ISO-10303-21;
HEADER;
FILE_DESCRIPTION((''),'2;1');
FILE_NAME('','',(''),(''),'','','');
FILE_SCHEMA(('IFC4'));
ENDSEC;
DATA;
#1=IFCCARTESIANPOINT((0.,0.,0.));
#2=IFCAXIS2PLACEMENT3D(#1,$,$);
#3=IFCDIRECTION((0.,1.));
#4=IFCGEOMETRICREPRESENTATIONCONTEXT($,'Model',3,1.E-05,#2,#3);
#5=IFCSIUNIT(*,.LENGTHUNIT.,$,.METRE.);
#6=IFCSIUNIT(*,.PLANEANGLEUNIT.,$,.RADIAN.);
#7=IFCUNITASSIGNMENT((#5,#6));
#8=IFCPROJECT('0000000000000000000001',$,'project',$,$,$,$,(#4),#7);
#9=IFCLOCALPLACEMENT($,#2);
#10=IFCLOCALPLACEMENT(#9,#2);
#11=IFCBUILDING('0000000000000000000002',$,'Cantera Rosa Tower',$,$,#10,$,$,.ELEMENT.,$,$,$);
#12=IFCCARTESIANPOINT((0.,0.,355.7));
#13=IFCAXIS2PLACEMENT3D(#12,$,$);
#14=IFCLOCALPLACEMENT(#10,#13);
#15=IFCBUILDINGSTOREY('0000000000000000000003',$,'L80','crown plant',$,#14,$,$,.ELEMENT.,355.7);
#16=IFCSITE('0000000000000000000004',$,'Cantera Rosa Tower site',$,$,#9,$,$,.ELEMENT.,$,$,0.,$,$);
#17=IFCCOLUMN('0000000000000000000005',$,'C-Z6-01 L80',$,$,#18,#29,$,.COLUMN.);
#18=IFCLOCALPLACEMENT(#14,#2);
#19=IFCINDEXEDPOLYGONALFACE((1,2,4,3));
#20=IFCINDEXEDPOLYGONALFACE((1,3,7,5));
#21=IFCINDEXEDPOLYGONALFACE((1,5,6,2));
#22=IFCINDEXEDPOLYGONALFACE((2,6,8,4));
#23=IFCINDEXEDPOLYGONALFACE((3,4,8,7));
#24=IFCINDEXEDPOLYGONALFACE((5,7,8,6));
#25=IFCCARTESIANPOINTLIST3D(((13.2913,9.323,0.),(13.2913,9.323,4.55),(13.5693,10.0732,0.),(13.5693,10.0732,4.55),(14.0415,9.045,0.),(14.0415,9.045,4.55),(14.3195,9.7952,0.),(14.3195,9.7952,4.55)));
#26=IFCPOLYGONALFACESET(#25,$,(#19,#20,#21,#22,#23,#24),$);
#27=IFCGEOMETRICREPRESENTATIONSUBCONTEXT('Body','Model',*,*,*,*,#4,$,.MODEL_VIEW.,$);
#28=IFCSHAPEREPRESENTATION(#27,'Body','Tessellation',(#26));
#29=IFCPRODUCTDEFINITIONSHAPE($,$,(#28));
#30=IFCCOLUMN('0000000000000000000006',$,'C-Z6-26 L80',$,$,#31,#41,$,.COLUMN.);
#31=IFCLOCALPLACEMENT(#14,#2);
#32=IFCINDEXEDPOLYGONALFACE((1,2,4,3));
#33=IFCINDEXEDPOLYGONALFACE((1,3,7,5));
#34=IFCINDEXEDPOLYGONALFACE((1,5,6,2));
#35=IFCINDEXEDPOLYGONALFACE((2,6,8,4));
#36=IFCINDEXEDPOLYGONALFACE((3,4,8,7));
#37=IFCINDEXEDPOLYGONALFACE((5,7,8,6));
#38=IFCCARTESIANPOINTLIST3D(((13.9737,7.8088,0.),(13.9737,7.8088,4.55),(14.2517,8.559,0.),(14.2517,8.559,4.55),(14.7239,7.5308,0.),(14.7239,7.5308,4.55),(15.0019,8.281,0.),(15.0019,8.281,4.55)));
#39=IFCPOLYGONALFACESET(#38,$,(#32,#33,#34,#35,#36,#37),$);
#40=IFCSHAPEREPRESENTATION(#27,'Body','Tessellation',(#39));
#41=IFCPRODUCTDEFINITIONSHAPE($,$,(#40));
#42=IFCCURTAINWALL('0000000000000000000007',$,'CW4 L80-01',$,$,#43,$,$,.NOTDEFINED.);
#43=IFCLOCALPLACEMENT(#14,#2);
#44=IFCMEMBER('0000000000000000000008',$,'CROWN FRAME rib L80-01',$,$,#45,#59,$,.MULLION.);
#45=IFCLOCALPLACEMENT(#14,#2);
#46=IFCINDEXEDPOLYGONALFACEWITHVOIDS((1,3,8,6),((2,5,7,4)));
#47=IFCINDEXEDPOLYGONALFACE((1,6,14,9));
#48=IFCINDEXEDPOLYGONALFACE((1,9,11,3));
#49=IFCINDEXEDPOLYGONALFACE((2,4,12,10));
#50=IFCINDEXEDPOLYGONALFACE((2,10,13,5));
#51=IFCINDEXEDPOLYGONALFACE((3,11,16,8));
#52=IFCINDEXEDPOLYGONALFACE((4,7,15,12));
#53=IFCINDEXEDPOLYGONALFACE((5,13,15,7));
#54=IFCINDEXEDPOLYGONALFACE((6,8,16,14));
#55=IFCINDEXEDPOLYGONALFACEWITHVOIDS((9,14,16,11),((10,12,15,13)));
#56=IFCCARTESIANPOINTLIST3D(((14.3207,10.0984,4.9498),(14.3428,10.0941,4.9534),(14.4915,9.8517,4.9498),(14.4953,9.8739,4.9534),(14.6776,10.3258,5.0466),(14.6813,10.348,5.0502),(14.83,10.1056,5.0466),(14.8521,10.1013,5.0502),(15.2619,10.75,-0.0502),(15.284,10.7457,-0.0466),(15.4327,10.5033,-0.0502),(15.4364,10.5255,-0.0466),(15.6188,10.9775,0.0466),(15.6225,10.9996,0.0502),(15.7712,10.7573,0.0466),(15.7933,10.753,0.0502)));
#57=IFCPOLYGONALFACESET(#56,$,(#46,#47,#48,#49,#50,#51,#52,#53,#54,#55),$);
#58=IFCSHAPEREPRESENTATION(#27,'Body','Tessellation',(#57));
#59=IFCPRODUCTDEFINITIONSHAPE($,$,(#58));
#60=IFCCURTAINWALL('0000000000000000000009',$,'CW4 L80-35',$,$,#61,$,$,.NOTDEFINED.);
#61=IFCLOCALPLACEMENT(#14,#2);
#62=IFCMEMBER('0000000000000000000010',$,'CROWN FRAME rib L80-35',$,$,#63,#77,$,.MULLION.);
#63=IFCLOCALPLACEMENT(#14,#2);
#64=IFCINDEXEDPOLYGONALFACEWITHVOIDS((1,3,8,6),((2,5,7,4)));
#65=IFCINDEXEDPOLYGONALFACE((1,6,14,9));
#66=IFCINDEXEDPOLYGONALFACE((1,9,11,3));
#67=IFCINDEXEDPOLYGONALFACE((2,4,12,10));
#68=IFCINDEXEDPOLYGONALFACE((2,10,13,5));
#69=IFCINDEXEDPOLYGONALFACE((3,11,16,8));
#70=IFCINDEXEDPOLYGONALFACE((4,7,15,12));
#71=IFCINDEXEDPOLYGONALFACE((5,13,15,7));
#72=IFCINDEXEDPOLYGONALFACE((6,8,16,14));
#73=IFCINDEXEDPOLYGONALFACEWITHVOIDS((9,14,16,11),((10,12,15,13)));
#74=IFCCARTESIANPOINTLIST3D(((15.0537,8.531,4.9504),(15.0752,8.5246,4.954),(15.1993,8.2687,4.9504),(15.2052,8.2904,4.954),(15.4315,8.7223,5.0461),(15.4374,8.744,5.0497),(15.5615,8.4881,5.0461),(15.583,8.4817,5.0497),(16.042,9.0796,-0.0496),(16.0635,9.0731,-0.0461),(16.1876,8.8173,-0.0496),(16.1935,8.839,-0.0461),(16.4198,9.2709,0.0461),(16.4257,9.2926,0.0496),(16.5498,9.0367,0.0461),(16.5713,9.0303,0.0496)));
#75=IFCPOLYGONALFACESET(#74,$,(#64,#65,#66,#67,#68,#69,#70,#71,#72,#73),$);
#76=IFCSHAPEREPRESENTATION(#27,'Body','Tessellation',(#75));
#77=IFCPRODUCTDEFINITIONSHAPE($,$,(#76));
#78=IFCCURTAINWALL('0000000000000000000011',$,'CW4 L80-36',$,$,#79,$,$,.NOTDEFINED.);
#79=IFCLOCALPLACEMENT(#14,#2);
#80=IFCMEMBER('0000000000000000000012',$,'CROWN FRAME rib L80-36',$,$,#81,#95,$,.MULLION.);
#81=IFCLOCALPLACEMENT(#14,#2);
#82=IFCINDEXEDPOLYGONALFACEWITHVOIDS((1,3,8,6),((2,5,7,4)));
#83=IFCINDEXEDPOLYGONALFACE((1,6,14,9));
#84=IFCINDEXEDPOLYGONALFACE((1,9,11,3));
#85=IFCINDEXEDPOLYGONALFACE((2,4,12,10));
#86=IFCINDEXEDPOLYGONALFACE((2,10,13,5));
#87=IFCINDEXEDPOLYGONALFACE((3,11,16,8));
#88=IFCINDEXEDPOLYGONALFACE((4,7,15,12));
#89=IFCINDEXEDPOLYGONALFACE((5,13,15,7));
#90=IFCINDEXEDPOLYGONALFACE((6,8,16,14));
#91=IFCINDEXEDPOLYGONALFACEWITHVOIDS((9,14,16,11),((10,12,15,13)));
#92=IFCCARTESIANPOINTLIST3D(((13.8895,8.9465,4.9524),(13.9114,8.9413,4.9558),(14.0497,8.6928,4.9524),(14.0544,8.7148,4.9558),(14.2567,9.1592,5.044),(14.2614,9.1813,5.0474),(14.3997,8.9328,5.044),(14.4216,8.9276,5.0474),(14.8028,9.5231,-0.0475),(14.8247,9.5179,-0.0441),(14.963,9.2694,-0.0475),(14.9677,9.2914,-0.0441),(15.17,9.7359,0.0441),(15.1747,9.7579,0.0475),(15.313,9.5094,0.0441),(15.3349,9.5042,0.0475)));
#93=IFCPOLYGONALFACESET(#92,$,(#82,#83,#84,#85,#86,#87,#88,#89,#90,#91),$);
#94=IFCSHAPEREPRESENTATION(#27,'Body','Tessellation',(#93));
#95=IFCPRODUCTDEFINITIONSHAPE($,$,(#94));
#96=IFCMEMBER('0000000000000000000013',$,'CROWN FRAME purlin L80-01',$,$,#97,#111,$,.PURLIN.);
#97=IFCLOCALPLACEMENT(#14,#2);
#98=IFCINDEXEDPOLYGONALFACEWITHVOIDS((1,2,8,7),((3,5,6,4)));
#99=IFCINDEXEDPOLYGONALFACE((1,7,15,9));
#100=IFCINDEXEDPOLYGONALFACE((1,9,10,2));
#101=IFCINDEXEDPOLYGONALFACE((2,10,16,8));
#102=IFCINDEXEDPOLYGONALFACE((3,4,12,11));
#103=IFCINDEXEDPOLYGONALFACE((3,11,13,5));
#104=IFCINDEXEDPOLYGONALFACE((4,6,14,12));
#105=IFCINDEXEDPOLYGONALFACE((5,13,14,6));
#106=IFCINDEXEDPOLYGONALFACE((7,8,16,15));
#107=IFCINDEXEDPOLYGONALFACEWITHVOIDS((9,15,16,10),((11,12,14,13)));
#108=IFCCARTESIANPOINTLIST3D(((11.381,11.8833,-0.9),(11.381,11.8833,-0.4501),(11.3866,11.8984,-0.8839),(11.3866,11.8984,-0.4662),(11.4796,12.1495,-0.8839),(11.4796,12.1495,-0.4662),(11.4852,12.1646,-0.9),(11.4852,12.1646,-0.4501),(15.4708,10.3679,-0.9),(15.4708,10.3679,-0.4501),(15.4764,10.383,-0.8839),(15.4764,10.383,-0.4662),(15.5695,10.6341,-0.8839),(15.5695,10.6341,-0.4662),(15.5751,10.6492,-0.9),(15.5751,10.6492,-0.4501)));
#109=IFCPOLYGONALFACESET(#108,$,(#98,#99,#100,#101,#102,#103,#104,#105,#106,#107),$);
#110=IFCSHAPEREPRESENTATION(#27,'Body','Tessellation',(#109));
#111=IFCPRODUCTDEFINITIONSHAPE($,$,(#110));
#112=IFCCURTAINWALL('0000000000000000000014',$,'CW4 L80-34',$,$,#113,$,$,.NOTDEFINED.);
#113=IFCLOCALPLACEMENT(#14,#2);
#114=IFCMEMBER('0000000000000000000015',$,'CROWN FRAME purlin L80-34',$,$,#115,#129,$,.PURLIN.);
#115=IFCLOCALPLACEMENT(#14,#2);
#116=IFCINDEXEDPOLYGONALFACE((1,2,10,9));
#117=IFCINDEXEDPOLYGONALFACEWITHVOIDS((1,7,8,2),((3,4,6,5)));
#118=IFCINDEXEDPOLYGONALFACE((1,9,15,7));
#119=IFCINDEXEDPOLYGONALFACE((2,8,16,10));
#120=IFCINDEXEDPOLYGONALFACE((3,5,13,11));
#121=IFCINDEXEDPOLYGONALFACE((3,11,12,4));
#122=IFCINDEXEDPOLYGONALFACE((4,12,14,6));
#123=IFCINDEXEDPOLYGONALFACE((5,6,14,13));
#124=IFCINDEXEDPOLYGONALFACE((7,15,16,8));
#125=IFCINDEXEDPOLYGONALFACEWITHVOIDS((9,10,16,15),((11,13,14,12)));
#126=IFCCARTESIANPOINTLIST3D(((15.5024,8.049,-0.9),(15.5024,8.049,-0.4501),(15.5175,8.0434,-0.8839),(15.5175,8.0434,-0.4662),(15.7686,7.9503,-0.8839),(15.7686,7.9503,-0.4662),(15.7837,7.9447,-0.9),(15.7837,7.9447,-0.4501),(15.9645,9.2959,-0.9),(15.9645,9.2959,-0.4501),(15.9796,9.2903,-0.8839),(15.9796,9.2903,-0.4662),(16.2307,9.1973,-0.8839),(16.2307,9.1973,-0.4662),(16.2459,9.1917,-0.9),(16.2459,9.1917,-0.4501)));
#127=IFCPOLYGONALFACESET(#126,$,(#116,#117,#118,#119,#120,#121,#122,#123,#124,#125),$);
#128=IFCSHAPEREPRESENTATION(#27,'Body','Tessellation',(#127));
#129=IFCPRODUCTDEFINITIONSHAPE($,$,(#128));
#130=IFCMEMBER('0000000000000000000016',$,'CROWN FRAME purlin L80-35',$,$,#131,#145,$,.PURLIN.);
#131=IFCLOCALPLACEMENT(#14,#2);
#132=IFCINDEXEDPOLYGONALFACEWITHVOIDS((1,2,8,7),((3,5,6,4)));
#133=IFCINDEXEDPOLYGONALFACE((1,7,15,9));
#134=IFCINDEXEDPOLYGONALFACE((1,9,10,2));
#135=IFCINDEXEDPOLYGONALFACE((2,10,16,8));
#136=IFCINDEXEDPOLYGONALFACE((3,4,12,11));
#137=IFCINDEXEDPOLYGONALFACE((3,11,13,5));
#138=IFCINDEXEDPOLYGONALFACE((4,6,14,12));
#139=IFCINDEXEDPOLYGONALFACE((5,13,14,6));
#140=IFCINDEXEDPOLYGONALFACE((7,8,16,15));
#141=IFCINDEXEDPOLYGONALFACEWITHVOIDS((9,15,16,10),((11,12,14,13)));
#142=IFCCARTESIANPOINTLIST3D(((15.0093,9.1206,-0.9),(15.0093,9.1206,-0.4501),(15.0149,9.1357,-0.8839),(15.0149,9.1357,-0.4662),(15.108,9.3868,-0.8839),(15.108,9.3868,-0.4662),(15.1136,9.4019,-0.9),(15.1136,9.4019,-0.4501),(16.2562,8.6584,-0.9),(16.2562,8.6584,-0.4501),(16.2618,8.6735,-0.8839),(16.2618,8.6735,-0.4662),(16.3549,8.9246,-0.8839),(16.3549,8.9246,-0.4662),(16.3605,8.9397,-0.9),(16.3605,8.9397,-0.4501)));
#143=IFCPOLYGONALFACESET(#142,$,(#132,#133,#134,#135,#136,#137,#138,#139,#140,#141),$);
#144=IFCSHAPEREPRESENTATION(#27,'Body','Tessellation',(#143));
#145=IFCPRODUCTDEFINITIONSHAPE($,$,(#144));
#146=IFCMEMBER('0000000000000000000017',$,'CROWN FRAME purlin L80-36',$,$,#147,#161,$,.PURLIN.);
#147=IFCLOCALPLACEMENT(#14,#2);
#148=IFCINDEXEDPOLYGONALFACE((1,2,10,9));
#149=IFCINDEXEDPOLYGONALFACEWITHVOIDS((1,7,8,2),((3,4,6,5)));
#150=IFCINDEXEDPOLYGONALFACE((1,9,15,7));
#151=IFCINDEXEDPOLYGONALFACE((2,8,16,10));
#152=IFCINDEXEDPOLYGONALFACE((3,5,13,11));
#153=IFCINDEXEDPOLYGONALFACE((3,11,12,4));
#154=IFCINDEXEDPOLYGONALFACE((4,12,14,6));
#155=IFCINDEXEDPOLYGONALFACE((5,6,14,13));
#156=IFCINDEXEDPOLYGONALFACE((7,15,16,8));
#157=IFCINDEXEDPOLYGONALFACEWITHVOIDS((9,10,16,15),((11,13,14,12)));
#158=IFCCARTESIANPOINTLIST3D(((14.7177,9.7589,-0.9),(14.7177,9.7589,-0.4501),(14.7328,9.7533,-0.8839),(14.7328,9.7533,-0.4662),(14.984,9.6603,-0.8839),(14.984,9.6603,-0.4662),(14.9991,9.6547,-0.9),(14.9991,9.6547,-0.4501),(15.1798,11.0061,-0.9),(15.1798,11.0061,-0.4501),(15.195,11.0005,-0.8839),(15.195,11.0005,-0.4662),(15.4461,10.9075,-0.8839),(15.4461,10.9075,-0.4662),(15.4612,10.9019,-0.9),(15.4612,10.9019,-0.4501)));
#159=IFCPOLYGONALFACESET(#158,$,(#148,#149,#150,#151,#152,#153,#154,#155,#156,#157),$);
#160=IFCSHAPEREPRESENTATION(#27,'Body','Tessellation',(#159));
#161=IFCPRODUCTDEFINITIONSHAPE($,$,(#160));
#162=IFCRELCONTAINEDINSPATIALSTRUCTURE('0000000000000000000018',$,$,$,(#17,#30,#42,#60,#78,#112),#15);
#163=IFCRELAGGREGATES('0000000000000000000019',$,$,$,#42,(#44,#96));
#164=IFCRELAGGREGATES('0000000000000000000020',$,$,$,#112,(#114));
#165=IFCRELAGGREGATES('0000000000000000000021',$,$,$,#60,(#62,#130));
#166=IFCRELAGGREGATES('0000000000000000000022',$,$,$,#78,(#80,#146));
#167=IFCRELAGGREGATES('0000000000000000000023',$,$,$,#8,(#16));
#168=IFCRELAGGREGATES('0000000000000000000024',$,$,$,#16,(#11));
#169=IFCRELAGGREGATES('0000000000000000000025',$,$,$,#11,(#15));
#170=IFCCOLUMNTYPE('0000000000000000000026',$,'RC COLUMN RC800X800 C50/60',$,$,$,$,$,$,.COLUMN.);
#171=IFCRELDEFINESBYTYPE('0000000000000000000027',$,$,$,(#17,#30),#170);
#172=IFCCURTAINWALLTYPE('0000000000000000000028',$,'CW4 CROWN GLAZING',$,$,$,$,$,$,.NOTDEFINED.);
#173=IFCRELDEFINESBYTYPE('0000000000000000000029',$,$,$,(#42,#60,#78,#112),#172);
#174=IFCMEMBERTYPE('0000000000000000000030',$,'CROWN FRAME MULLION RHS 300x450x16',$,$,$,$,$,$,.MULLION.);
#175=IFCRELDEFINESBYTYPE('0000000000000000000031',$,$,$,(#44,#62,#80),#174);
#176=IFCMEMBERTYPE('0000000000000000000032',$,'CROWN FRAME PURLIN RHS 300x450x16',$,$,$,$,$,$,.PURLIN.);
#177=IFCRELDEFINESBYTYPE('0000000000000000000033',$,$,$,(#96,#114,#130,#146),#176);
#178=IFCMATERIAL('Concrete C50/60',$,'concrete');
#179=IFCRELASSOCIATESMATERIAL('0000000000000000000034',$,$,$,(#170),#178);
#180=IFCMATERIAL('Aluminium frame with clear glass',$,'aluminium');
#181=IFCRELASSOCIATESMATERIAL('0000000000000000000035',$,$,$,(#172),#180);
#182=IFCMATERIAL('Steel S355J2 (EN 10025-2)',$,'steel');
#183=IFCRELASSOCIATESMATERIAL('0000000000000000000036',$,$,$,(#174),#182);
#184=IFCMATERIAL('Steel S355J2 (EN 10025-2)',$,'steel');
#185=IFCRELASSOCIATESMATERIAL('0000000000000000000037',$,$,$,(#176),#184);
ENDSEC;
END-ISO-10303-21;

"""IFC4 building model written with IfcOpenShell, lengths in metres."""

from ifc_helpers import new_model, si_unit, direction, frame, origin, origin_2d, place, context, subcontext, project, spatial, rectangle, hollow_rectangle, extrude, material, material_profile, profile_set, type_object, element, aggregate, save


model = new_model("IFC4")

# Units and contexts
model_context = context("Model", 3, precision=1e-05, world=origin(), true_north=direction((0.0, 1.0)))
body_context = subcontext(model_context, "Body", "Model", "MODEL_VIEW")
ifc_project = project(units=[si_unit("LENGTHUNIT", "METRE"), si_unit("PLANEANGLEUNIT", "RADIAN")], contexts=[model_context])

# Site, building, storey
site_placement = place(None, origin())
site = spatial("IfcSite", under=ifc_project, at=site_placement, Name="Cantera Rosa Tower site", CompositionType="ELEMENT", RefElevation=0.0)
building_placement = place(site_placement, origin())
building = spatial("IfcBuilding", under=site, at=building_placement, Name="Cantera Rosa Tower", CompositionType="ELEMENT")
storey_placement = place(building_placement, frame((0.0, 0.0, 355.7)))
storey = spatial("IfcBuildingStorey", under=building, at=storey_placement, Name="L80", Description="crown plant", CompositionType="ELEMENT", Elevation=355.7)

# Columns
ifc_material_1 = material(Name="Concrete C50/60", Category="concrete")
ifc_material_profile_1 = material_profile(ifc_material_1, rectangle(XDim=0.8, YDim=0.8, at=origin_2d()), Name="RC COLUMN RC800X800 C50/60")
ifc_profile_set_1 = profile_set([ifc_material_profile_1], Name="Concrete C50/60")
column_type = type_object("IfcColumnType", Name="RC COLUMN RC800X800 C50/60", PredefinedType="COLUMN", material=ifc_profile_set_1)
for number, where, z_axis, x_axis, name in (
    (1, (13.8054, 9.5591, 0.0), (0.0, 0.0, 1.0), (0.347481, 0.937687, 0.0), "C-Z6-01 L80"),
    (2, (14.4878, 8.0449, 0.0), (0.0, 0.0, 1.0), (0.347481, 0.937687, 0.0), "C-Z6-26 L80"),
):
    element("IfcColumn", number, at=place(storey_placement, frame(where, z_axis=z_axis, x_axis=x_axis)), inside=storey, type_object=column_type, Name=name, PredefinedType="COLUMN", context=body_context, shape_type="SweptSolid", body=[
        extrude(rectangle(XDim=0.8, YDim=0.8, at=origin_2d()), origin(), (0.0, 0.0, 1.0), 4.55),
    ])

# Curtain walls, members
ifc_material_2 = material(Name="Aluminium frame with clear glass", Category="aluminium")
curtain_wall_type = type_object("IfcCurtainWallType", Name="CW4 CROWN GLAZING", PredefinedType="NOTDEFINED", material=ifc_material_2)
curtain_wall_1_placement = place(storey_placement, origin())
curtain_wall_1 = element("IfcCurtainWall", 3, at=curtain_wall_1_placement, inside=storey, type_object=curtain_wall_type, Name="CW4 L80-01", PredefinedType="NOTDEFINED")
ifc_material_3 = material(Name="Steel S355J2 (EN 10025-2)", Category="steel")
ifc_material_profile_2 = material_profile(ifc_material_3, hollow_rectangle(XDim=0.3, YDim=0.45, WallThickness=0.0161, at=origin_2d()), Name="CROWN FRAME MULLION RHS 300x450x16")
ifc_profile_set_2 = profile_set([ifc_material_profile_2], Name="Steel S355J2 (EN 10025-2)")
member_type_1 = type_object("IfcMemberType", Name="CROWN FRAME MULLION RHS 300x450x16", PredefinedType="MULLION", material=ifc_profile_set_2)
member_1_placement = place(storey_placement, frame((15.5276, 10.7515, 0.0), z_axis=(-0.183485, -0.127035, 0.97478), x_axis=(0.569232, -0.822177, 0.0)))
member_1 = element("IfcMember", 4, at=member_1_placement, type_object=member_type_1, Name="CROWN FRAME rib L80-01", PredefinedType="MULLION", context=body_context, shape_type="SweptSolid", body=[
    extrude(hollow_rectangle(XDim=0.3, YDim=0.45, WallThickness=0.0161, at=origin_2d()), origin(), (0.0, 0.0, 1.0), 5.1294),
])
curtain_wall_2_placement = place(storey_placement, origin())
curtain_wall_2 = element("IfcCurtainWall", 5, at=curtain_wall_2_placement, inside=storey, type_object=curtain_wall_type, Name="CW4 L80-35", PredefinedType="NOTDEFINED")
member_2_placement = place(storey_placement, frame((16.3066, 9.0549, 0.0), z_axis=(-0.192791, -0.107016, 0.975387), x_axis=(0.485331, -0.87433, 0.0)))
member_2 = element("IfcMember", 6, at=member_2_placement, type_object=member_type_1, Name="CROWN FRAME rib L80-35", PredefinedType="MULLION", context=body_context, shape_type="SweptSolid", body=[
    extrude(hollow_rectangle(XDim=0.3, YDim=0.45, WallThickness=0.0161, at=origin_2d()), origin(), (0.0, 0.0, 1.0), 5.1262),
])
curtain_wall_3_placement = place(storey_placement, origin())
curtain_wall_3 = element("IfcCurtainWall", 7, at=curtain_wall_3_placement, inside=storey, type_object=curtain_wall_type, Name="CW4 L80-36", PredefinedType="NOTDEFINED")
member_3_placement = place(storey_placement, frame((15.0688, 9.5137, 0.0), z_axis=(-0.178547, -0.112732, 0.977452), x_axis=(0.533874, -0.845564, 0.0)))
member_3 = element("IfcMember", 8, at=member_3_placement, type_object=member_type_1, Name="CROWN FRAME rib L80-36", PredefinedType="MULLION", context=body_context, shape_type="SweptSolid", body=[
    extrude(hollow_rectangle(XDim=0.3, YDim=0.45, WallThickness=0.0161, at=origin_2d()), origin(), (0.0, 0.0, 1.0), 5.1152),
])

# Member
ifc_material_4 = material(Name="Steel S355J2 (EN 10025-2)", Category="steel")
ifc_material_profile_3 = material_profile(ifc_material_4, hollow_rectangle(XDim=0.3, YDim=0.45, WallThickness=0.0161, at=origin_2d()), Name="CROWN FRAME PURLIN RHS 300x450x16")
ifc_profile_set_3 = profile_set([ifc_material_profile_3], Name="Steel S355J2 (EN 10025-2)")
member_type_2 = type_object("IfcMemberType", Name="CROWN FRAME PURLIN RHS 300x450x16", PredefinedType="PURLIN", material=ifc_profile_set_3)
member_4_placement = place(storey_placement, frame((15.5229, 10.5085, -0.675), z_axis=(-0.937702, 0.34744, 0.0), x_axis=(-0.34744, -0.937702, 0.0)))
member_4 = element("IfcMember", 9, at=member_4_placement, type_object=member_type_2, Name="CROWN FRAME purlin L80-01", PredefinedType="PURLIN", context=body_context, shape_type="SweptSolid", body=[
    extrude(hollow_rectangle(XDim=0.3, YDim=0.45, WallThickness=0.0161, at=origin_2d()), origin(), (0.0, 0.0, 1.0), 4.3616),
])

# Curtain wall, member
curtain_wall_4_placement = place(storey_placement, origin())
curtain_wall_4 = element("IfcCurtainWall", 10, at=curtain_wall_4_placement, inside=storey, type_object=curtain_wall_type, Name="CW4 L80-34", PredefinedType="NOTDEFINED")
member_5_placement = place(storey_placement, frame((15.6431, 7.9968, -0.675), z_axis=(0.3475, 0.93768, 0.0), x_axis=(-0.93768, 0.3475, 0.0)))
member_5 = element("IfcMember", 11, at=member_5_placement, type_object=member_type_2, Name="CROWN FRAME purlin L80-34", PredefinedType="PURLIN", context=body_context, shape_type="SweptSolid", body=[
    extrude(hollow_rectangle(XDim=0.3, YDim=0.45, WallThickness=0.0161, at=origin_2d()), origin(), (0.0, 0.0, 1.0), 1.3298),
])

# Members
member_6_placement = place(storey_placement, frame((16.3083, 8.7991, -0.675), z_axis=(-0.937658, 0.34756, 0.0), x_axis=(-0.34756, -0.937658, 0.0)))
member_6 = element("IfcMember", 12, at=member_6_placement, type_object=member_type_2, Name="CROWN FRAME purlin L80-35", PredefinedType="PURLIN", context=body_context, shape_type="SweptSolid", body=[
    extrude(hollow_rectangle(XDim=0.3, YDim=0.45, WallThickness=0.0161, at=origin_2d()), origin(), (0.0, 0.0, 1.0), 1.3298),
])
member_7_placement = place(storey_placement, frame((14.8584, 9.7068, -0.675), z_axis=(0.34744, 0.937702, 0.0), x_axis=(-0.937702, 0.34744, 0.0)))
member_7 = element("IfcMember", 13, at=member_7_placement, type_object=member_type_2, Name="CROWN FRAME purlin L80-36", PredefinedType="PURLIN", context=body_context, shape_type="SweptSolid", body=[
    extrude(hollow_rectangle(XDim=0.3, YDim=0.45, WallThickness=0.0161, at=origin_2d()), origin(), (0.0, 0.0, 1.0), 1.3301),
])

aggregate(curtain_wall_1, [member_1, member_4])
aggregate(curtain_wall_4, [member_5])
aggregate(curtain_wall_2, [member_2, member_6])
aggregate(curtain_wall_3, [member_3, member_7])

save(model, "model.ifc")
